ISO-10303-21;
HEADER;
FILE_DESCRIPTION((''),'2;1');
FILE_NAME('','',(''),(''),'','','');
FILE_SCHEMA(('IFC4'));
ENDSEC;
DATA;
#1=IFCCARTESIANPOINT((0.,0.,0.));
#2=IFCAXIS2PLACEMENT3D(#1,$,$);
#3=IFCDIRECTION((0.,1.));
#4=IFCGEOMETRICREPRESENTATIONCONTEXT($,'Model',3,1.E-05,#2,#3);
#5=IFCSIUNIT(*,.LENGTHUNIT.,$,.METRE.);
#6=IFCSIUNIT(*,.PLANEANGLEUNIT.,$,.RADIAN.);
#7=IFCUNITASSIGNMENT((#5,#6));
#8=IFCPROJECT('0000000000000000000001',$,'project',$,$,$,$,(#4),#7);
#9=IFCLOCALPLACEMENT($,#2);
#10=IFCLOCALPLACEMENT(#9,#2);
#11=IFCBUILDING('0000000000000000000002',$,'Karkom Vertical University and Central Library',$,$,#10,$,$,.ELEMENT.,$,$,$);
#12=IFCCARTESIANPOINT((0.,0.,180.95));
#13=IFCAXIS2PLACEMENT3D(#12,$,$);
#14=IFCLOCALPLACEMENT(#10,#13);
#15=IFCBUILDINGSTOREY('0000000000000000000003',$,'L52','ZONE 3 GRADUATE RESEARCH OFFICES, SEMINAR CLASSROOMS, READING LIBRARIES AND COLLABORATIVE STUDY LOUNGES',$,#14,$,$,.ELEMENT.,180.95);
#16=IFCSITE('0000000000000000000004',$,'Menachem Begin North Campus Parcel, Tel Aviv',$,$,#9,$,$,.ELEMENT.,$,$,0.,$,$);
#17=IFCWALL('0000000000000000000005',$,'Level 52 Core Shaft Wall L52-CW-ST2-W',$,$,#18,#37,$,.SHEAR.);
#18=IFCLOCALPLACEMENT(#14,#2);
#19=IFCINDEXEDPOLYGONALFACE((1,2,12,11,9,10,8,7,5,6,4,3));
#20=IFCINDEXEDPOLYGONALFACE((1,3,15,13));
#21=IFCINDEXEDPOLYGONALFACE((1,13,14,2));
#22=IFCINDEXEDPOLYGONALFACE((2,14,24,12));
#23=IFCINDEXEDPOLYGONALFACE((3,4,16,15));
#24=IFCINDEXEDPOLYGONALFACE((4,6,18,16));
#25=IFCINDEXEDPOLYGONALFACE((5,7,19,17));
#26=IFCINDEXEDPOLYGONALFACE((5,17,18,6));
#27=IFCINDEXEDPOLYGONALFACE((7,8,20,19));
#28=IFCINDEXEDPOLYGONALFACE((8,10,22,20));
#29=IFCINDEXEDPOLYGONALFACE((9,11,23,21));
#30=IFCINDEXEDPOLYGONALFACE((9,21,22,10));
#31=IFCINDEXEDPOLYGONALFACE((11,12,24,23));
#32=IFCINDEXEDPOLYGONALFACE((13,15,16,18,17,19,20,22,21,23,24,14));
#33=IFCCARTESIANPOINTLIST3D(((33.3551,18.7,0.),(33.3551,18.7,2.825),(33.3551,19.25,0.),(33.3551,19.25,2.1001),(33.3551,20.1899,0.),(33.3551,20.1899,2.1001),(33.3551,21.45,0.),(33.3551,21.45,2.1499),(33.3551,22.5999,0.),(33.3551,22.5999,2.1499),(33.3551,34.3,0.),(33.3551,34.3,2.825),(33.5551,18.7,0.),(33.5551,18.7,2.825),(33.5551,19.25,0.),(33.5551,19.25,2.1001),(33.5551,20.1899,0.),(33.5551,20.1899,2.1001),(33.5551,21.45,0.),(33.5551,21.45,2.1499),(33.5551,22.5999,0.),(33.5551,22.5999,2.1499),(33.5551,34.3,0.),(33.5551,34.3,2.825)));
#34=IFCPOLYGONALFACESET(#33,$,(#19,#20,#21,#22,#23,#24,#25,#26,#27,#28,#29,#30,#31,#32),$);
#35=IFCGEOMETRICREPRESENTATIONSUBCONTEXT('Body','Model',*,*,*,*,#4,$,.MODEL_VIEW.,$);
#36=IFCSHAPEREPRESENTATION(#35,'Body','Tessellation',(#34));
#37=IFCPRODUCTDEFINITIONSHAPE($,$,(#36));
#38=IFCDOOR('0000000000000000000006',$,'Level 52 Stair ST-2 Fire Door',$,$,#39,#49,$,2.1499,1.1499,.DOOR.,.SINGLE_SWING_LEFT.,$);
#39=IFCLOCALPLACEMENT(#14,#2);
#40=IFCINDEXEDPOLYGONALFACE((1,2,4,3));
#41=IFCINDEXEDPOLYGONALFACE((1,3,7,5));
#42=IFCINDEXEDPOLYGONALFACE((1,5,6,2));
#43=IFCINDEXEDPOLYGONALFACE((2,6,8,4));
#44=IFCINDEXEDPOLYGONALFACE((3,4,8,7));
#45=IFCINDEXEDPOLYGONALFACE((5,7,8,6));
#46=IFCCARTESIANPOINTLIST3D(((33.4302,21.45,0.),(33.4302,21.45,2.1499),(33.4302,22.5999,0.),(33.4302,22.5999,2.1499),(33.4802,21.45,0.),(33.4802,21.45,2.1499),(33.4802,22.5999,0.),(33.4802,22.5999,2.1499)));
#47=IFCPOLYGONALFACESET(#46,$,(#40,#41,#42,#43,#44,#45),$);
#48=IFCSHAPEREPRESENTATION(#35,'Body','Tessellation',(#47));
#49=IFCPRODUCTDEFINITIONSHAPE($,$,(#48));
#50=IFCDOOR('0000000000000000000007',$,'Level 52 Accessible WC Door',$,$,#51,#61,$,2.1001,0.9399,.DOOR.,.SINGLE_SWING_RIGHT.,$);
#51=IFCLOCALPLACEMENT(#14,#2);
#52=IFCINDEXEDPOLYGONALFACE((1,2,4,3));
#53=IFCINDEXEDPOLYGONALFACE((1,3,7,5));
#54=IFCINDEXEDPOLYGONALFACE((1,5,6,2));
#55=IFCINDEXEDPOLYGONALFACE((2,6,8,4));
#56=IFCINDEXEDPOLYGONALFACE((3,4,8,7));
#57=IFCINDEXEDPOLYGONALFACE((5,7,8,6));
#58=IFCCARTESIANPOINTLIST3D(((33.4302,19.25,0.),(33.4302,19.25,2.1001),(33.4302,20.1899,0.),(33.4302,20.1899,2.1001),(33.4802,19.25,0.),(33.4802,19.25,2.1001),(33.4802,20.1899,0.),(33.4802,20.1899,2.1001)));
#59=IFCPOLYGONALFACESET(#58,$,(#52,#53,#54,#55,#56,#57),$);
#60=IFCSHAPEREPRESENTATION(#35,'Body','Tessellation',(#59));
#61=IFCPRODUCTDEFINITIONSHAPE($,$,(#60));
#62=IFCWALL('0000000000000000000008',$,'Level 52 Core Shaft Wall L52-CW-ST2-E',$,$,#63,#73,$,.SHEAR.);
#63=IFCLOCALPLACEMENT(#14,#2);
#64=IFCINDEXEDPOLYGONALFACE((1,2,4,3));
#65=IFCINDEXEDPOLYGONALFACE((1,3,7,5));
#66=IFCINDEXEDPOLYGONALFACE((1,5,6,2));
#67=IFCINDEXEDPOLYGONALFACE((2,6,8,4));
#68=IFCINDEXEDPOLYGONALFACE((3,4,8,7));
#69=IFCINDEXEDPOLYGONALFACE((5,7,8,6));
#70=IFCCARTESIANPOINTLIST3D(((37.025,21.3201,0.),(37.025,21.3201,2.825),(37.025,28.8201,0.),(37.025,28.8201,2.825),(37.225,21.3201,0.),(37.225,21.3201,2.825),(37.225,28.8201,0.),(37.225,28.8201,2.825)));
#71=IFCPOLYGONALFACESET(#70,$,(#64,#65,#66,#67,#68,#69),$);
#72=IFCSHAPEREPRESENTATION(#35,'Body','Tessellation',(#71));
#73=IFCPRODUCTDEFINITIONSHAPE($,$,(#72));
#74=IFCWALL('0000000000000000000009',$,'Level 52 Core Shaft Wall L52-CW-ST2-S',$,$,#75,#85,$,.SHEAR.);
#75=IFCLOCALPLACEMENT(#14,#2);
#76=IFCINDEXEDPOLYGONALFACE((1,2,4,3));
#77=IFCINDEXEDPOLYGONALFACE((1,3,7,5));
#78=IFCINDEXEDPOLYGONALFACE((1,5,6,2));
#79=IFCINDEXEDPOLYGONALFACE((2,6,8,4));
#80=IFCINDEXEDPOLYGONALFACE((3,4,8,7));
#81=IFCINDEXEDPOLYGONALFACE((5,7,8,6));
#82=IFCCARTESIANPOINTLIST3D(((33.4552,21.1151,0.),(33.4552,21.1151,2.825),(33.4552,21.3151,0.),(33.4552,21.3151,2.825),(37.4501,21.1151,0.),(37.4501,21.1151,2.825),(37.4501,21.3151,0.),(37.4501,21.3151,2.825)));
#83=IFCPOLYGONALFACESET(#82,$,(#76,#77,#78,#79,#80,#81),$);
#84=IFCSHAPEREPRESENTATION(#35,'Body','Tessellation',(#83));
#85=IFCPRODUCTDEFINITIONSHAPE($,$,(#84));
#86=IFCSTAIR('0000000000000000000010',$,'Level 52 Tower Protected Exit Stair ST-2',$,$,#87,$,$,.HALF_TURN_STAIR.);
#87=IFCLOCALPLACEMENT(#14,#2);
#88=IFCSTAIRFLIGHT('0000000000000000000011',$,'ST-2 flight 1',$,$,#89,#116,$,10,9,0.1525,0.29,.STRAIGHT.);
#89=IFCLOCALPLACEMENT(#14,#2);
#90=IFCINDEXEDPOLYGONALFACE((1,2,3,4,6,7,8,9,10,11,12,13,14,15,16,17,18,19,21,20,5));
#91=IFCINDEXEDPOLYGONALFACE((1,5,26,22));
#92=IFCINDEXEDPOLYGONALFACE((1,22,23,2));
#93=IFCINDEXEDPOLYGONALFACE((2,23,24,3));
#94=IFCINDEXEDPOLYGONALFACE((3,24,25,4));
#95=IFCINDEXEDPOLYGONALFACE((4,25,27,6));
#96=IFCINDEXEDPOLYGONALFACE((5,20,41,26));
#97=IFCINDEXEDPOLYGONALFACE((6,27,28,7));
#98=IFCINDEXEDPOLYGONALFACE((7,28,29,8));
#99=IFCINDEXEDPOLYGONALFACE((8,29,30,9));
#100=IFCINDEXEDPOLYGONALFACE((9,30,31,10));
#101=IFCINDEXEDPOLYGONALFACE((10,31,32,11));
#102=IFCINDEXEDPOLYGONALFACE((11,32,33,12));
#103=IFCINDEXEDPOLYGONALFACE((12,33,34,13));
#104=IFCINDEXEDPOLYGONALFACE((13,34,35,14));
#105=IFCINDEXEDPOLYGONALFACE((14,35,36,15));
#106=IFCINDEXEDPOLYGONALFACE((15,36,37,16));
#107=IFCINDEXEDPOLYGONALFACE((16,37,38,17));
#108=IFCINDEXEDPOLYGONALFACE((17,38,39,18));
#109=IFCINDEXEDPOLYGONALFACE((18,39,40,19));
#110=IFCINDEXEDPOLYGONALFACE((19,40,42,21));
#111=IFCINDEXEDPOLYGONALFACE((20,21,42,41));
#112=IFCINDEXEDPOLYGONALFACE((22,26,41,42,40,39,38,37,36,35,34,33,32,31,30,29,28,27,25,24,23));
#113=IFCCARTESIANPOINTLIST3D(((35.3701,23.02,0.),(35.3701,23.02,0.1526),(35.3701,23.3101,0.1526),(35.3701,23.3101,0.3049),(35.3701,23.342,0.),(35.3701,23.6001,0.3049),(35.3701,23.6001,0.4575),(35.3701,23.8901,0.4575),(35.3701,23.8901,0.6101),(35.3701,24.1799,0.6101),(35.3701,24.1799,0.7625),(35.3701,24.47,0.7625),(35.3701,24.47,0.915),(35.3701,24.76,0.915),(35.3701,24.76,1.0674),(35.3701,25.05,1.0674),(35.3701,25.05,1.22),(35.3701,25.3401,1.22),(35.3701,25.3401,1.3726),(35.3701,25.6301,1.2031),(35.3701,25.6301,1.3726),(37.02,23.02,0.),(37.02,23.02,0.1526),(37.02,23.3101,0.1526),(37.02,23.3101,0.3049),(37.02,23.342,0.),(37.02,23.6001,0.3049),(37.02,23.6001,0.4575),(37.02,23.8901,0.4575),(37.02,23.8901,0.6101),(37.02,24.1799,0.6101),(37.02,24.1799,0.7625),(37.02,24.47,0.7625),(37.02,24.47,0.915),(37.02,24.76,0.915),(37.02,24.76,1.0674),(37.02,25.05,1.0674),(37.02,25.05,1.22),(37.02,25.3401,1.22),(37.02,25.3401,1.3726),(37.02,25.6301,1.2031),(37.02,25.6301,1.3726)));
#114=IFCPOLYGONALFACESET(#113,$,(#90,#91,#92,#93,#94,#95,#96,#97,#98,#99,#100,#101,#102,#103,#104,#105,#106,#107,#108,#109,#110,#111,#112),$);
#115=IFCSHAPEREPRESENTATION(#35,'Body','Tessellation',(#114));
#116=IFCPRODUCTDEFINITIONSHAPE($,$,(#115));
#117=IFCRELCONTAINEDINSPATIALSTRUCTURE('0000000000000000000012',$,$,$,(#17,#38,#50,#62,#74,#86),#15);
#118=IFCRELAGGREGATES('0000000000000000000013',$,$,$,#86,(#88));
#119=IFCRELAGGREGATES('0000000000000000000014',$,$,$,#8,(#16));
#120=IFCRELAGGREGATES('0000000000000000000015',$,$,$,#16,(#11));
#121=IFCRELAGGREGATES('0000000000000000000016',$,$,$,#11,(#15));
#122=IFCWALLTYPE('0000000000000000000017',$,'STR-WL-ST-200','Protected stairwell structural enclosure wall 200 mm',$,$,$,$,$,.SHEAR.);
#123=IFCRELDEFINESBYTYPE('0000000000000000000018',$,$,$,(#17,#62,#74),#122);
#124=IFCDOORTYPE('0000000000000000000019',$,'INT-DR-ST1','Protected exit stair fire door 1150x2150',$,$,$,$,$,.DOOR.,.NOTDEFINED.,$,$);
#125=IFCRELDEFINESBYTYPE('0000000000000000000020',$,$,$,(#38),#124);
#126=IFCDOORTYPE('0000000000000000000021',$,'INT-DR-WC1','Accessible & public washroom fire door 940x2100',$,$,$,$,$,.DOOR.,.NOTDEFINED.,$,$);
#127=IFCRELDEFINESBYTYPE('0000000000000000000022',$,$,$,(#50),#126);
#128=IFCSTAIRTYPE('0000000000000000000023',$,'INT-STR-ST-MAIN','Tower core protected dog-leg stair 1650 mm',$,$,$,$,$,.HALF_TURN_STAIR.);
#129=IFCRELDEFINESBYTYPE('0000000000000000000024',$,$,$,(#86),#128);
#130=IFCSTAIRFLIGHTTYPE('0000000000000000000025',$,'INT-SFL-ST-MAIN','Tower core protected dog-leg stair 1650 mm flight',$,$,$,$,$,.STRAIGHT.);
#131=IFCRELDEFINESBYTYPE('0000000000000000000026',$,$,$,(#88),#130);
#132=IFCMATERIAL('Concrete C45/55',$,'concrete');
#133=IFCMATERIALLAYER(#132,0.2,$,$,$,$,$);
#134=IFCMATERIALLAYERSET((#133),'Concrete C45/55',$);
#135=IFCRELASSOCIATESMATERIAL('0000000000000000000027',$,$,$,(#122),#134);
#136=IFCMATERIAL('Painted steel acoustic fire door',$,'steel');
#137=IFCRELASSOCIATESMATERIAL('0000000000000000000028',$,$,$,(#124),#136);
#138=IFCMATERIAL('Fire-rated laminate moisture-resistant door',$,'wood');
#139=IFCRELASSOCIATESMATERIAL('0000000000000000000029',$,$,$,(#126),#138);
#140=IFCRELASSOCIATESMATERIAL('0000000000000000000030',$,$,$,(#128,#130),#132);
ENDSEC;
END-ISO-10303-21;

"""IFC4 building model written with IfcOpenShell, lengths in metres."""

from ifc_helpers import new_model, si_unit, direction, frame, frame_2d, origin, origin_with_axes, place, context, subcontext, project, spatial, polyline, rectangle, outline, extrude, source, transform, mapped, material, layer, layer_set, type_object, element, fill, aggregate, save


model = new_model("IFC4")

# Units and contexts
model_context = context("Model", 3, precision=1e-05, world=origin(), true_north=direction((0.0, 1.0)))
body_context = subcontext(model_context, "Body", "Model", "MODEL_VIEW")
ifc_project = project(units=[si_unit("LENGTHUNIT", "METRE"), si_unit("PLANEANGLEUNIT", "RADIAN")], contexts=[model_context])

# Site, building, storey
site_placement = place(None, origin())
site = spatial("IfcSite", under=ifc_project, at=site_placement, Name="Menachem Begin North Campus Parcel, Tel Aviv", CompositionType="ELEMENT", RefElevation=0.0)
building_placement = place(site_placement, origin())
building = spatial("IfcBuilding", under=site, at=building_placement, Name="Karkom Vertical University and Central Library", CompositionType="ELEMENT")
storey_placement = place(building_placement, frame((0.0, 0.0, 180.95)))
storey = spatial("IfcBuildingStorey", under=building, at=storey_placement, Name="L52", Description="ZONE 3 GRADUATE RESEARCH OFFICES, SEMINAR CLASSROOMS, READING LIBRARIES AND COLLABORATIVE STUDY LOUNGES", CompositionType="ELEMENT", Elevation=180.95)

# Wall, openings, doors
ifc_material_1 = material(Name="Concrete C45/55", Category="concrete")
ifc_layer_1 = layer(ifc_material_1, 0.2)
ifc_layer_set_1 = layer_set([ifc_layer_1], Name="Concrete C45/55")
wall_type_1 = type_object("IfcWallType", Name="STR-WL-ST-200", Description="Protected stairwell structural enclosure wall 200 mm", PredefinedType="SHEAR", material=ifc_layer_set_1)
wall_1_placement = place(storey_placement, frame((33.4551, 18.7, 0.0), z_axis=(0.0, 0.0, 1.0), x_axis=(0.0, 1.0, 0.0)))
wall_1 = element("IfcWall", 1, at=wall_1_placement, inside=storey, type_object=wall_type_1, Name="Level 52 Core Shaft Wall L52-CW-ST2-W", PredefinedType="SHEAR", context=body_context, shape_type="SweptSolid", body=[
    extrude(rectangle(XDim=15.6001, YDim=0.2, at=frame_2d((7.8, 0.0))), origin(), (0.0, 0.0, 1.0), 2.825),
])
opening_1_placement = place(wall_1_placement, frame((2.75, 0.0, 0.0)))
opening_1 = element("IfcOpeningElement", 2, at=opening_1_placement, cuts=wall_1, PredefinedType="OPENING", context=body_context, shape_type="SweptSolid", body=[
    extrude(rectangle(XDim=1.1499, YDim=2.1499, at=frame_2d((0.575, 1.075))), frame((0.0, 0.1099, 0.0), z_axis=(0.0, -1.0, 0.0), x_axis=(1.0, 0.0, 0.0)), (0.0, 0.0, 1.0), 0.22),
])
opening_2_placement = place(wall_1_placement, frame((0.55, 0.0, 0.0)))
opening_2 = element("IfcOpeningElement", 3, at=opening_2_placement, cuts=wall_1, PredefinedType="OPENING", context=body_context, shape_type="SweptSolid", body=[
    extrude(rectangle(XDim=0.9399, YDim=2.1001, at=frame_2d((0.47, 1.05))), frame((0.0, 0.1099, 0.0), z_axis=(0.0, -1.0, 0.0), x_axis=(1.0, 0.0, 0.0)), (0.0, 0.0, 1.0), 0.22),
])
ifc_material_2 = material(Name="Painted steel acoustic fire door", Category="steel")
door_type_1 = type_object("IfcDoorType", Name="INT-DR-ST1", Description="Protected exit stair fire door 1150x2150", OperationType="NOTDEFINED", PredefinedType="DOOR", material=ifc_material_2)
shared_shape_1 = source(origin_with_axes(), body_context, "Body", "SweptSolid", [
    extrude(rectangle(XDim=1.1499, YDim=2.1499, at=frame_2d((0.575, 1.075))), frame((0.0, 0.0249, 0.0), z_axis=(0.0, -1.0, 0.0), x_axis=(1.0, 0.0, 0.0)), (0.0, 0.0, 1.0), 0.05),
])
door_1_placement = place(opening_1_placement, origin())
door_1 = element("IfcDoor", 4, at=door_1_placement, inside=storey, type_object=door_type_1, Name="Level 52 Stair ST-2 Fire Door", OperationType="SINGLE_SWING_LEFT", OverallHeight=2.1499, OverallWidth=1.1499, PredefinedType="DOOR", context=body_context, shape_type="MappedRepresentation", body=[
    mapped(shared_shape_1, transform((0.0, 0.0, 0.0), scale=1.0)),
])
fill(opening_1, door_1)
ifc_material_3 = material(Name="Fire-rated laminate moisture-resistant door", Category="wood")
door_type_2 = type_object("IfcDoorType", Name="INT-DR-WC1", Description="Accessible & public washroom fire door 940x2100", OperationType="NOTDEFINED", PredefinedType="DOOR", material=ifc_material_3)
shared_shape_2 = source(origin_with_axes(), body_context, "Body", "SweptSolid", [
    extrude(rectangle(XDim=0.9399, YDim=2.1001, at=frame_2d((0.47, 1.05))), frame((0.0, 0.0249, 0.0), z_axis=(0.0, -1.0, 0.0), x_axis=(1.0, 0.0, 0.0)), (0.0, 0.0, 1.0), 0.05),
])
door_2_placement = place(opening_2_placement, origin())
door_2 = element("IfcDoor", 5, at=door_2_placement, inside=storey, type_object=door_type_2, Name="Level 52 Accessible WC Door", OperationType="SINGLE_SWING_RIGHT", OverallHeight=2.1001, OverallWidth=0.9399, PredefinedType="DOOR", context=body_context, shape_type="MappedRepresentation", body=[
    mapped(shared_shape_2, transform((0.0, 0.0, 0.0), scale=1.0)),
])
fill(opening_2, door_2)

# Walls
wall_2_placement = place(storey_placement, frame((37.125, 21.3201, 0.0), z_axis=(0.0, 0.0, 1.0), x_axis=(0.0, 1.0, 0.0)))
element("IfcWall", 6, at=wall_2_placement, inside=storey, type_object=wall_type_1, Name="Level 52 Core Shaft Wall L52-CW-ST2-E", PredefinedType="SHEAR", context=body_context, shape_type="SweptSolid", body=[
    extrude(rectangle(XDim=7.5, YDim=0.2, at=frame_2d((3.75, 0.0))), origin(), (0.0, 0.0, 1.0), 2.825),
])
wall_3_placement = place(storey_placement, frame((33.4551, 21.2151, 0.0), z_axis=(0.0, 0.0, 1.0), x_axis=(1.0, 0.0, 0.0)))
element("IfcWall", 7, at=wall_3_placement, inside=storey, type_object=wall_type_1, Name="Level 52 Core Shaft Wall L52-CW-ST2-S", PredefinedType="SHEAR", context=body_context, shape_type="SweptSolid", body=[
    extrude(rectangle(XDim=3.9949, YDim=0.2, at=frame_2d((1.9976, 0.0))), origin(), (0.0, 0.0, 1.0), 2.825),
])

# Stair, stair flight
stair_type = type_object("IfcStairType", Name="INT-STR-ST-MAIN", Description="Tower core protected dog-leg stair 1650 mm", PredefinedType="HALF_TURN_STAIR", material=ifc_material_1)
stair_placement = place(storey_placement, origin())
stair = element("IfcStair", 8, at=stair_placement, inside=storey, type_object=stair_type, Name="Level 52 Tower Protected Exit Stair ST-2", PredefinedType="HALF_TURN_STAIR")
stair_flight_type = type_object("IfcStairFlightType", Name="INT-SFL-ST-MAIN", Description="Tower core protected dog-leg stair 1650 mm flight", PredefinedType="STRAIGHT", material=ifc_material_1)
stair_flight_placement = place(storey_placement, frame((36.1951, 23.02, 0.0), z_axis=(0.0, 0.0, 1.0), x_axis=(0.0, 1.0, 0.0)))
stair_flight = element("IfcStairFlight", 9, at=stair_flight_placement, type_object=stair_flight_type, Name="ST-2 flight 1", NumberOfRisers=10, NumberOfTreads=9, PredefinedType="STRAIGHT", RiserHeight=0.1525, TreadLength=0.29, context=body_context, shape_type="SweptSolid", body=[
    extrude(outline(polyline([(0.0, 0.0), (0.0, 0.1526), (0.29, 0.1526), (0.29, 0.3049), (0.5801, 0.3049), (0.5801, 0.4575), (0.8701, 0.4575), (0.8701, 0.6101), (1.1599, 0.6101), (1.1599, 0.7625), (1.45, 0.7625), (1.45, 0.915), (1.74, 0.915), (1.74, 1.0674), (2.03, 1.0674), (2.03, 1.22), (2.3201, 1.22), (2.3201, 1.3726), (2.6101, 1.3726), (2.6101, 1.5249), (2.6101, 1.2031), (0.322, 0.0), (0.0, 0.0)])), frame((0.0, 0.825, 0.0), z_axis=(0.0, -1.0, 0.0), x_axis=(1.0, 0.0, 0.0)), (0.0, 0.0, 1.0), 1.6499),
])
aggregate(stair, [stair_flight])

save(model, "model.ifc")
